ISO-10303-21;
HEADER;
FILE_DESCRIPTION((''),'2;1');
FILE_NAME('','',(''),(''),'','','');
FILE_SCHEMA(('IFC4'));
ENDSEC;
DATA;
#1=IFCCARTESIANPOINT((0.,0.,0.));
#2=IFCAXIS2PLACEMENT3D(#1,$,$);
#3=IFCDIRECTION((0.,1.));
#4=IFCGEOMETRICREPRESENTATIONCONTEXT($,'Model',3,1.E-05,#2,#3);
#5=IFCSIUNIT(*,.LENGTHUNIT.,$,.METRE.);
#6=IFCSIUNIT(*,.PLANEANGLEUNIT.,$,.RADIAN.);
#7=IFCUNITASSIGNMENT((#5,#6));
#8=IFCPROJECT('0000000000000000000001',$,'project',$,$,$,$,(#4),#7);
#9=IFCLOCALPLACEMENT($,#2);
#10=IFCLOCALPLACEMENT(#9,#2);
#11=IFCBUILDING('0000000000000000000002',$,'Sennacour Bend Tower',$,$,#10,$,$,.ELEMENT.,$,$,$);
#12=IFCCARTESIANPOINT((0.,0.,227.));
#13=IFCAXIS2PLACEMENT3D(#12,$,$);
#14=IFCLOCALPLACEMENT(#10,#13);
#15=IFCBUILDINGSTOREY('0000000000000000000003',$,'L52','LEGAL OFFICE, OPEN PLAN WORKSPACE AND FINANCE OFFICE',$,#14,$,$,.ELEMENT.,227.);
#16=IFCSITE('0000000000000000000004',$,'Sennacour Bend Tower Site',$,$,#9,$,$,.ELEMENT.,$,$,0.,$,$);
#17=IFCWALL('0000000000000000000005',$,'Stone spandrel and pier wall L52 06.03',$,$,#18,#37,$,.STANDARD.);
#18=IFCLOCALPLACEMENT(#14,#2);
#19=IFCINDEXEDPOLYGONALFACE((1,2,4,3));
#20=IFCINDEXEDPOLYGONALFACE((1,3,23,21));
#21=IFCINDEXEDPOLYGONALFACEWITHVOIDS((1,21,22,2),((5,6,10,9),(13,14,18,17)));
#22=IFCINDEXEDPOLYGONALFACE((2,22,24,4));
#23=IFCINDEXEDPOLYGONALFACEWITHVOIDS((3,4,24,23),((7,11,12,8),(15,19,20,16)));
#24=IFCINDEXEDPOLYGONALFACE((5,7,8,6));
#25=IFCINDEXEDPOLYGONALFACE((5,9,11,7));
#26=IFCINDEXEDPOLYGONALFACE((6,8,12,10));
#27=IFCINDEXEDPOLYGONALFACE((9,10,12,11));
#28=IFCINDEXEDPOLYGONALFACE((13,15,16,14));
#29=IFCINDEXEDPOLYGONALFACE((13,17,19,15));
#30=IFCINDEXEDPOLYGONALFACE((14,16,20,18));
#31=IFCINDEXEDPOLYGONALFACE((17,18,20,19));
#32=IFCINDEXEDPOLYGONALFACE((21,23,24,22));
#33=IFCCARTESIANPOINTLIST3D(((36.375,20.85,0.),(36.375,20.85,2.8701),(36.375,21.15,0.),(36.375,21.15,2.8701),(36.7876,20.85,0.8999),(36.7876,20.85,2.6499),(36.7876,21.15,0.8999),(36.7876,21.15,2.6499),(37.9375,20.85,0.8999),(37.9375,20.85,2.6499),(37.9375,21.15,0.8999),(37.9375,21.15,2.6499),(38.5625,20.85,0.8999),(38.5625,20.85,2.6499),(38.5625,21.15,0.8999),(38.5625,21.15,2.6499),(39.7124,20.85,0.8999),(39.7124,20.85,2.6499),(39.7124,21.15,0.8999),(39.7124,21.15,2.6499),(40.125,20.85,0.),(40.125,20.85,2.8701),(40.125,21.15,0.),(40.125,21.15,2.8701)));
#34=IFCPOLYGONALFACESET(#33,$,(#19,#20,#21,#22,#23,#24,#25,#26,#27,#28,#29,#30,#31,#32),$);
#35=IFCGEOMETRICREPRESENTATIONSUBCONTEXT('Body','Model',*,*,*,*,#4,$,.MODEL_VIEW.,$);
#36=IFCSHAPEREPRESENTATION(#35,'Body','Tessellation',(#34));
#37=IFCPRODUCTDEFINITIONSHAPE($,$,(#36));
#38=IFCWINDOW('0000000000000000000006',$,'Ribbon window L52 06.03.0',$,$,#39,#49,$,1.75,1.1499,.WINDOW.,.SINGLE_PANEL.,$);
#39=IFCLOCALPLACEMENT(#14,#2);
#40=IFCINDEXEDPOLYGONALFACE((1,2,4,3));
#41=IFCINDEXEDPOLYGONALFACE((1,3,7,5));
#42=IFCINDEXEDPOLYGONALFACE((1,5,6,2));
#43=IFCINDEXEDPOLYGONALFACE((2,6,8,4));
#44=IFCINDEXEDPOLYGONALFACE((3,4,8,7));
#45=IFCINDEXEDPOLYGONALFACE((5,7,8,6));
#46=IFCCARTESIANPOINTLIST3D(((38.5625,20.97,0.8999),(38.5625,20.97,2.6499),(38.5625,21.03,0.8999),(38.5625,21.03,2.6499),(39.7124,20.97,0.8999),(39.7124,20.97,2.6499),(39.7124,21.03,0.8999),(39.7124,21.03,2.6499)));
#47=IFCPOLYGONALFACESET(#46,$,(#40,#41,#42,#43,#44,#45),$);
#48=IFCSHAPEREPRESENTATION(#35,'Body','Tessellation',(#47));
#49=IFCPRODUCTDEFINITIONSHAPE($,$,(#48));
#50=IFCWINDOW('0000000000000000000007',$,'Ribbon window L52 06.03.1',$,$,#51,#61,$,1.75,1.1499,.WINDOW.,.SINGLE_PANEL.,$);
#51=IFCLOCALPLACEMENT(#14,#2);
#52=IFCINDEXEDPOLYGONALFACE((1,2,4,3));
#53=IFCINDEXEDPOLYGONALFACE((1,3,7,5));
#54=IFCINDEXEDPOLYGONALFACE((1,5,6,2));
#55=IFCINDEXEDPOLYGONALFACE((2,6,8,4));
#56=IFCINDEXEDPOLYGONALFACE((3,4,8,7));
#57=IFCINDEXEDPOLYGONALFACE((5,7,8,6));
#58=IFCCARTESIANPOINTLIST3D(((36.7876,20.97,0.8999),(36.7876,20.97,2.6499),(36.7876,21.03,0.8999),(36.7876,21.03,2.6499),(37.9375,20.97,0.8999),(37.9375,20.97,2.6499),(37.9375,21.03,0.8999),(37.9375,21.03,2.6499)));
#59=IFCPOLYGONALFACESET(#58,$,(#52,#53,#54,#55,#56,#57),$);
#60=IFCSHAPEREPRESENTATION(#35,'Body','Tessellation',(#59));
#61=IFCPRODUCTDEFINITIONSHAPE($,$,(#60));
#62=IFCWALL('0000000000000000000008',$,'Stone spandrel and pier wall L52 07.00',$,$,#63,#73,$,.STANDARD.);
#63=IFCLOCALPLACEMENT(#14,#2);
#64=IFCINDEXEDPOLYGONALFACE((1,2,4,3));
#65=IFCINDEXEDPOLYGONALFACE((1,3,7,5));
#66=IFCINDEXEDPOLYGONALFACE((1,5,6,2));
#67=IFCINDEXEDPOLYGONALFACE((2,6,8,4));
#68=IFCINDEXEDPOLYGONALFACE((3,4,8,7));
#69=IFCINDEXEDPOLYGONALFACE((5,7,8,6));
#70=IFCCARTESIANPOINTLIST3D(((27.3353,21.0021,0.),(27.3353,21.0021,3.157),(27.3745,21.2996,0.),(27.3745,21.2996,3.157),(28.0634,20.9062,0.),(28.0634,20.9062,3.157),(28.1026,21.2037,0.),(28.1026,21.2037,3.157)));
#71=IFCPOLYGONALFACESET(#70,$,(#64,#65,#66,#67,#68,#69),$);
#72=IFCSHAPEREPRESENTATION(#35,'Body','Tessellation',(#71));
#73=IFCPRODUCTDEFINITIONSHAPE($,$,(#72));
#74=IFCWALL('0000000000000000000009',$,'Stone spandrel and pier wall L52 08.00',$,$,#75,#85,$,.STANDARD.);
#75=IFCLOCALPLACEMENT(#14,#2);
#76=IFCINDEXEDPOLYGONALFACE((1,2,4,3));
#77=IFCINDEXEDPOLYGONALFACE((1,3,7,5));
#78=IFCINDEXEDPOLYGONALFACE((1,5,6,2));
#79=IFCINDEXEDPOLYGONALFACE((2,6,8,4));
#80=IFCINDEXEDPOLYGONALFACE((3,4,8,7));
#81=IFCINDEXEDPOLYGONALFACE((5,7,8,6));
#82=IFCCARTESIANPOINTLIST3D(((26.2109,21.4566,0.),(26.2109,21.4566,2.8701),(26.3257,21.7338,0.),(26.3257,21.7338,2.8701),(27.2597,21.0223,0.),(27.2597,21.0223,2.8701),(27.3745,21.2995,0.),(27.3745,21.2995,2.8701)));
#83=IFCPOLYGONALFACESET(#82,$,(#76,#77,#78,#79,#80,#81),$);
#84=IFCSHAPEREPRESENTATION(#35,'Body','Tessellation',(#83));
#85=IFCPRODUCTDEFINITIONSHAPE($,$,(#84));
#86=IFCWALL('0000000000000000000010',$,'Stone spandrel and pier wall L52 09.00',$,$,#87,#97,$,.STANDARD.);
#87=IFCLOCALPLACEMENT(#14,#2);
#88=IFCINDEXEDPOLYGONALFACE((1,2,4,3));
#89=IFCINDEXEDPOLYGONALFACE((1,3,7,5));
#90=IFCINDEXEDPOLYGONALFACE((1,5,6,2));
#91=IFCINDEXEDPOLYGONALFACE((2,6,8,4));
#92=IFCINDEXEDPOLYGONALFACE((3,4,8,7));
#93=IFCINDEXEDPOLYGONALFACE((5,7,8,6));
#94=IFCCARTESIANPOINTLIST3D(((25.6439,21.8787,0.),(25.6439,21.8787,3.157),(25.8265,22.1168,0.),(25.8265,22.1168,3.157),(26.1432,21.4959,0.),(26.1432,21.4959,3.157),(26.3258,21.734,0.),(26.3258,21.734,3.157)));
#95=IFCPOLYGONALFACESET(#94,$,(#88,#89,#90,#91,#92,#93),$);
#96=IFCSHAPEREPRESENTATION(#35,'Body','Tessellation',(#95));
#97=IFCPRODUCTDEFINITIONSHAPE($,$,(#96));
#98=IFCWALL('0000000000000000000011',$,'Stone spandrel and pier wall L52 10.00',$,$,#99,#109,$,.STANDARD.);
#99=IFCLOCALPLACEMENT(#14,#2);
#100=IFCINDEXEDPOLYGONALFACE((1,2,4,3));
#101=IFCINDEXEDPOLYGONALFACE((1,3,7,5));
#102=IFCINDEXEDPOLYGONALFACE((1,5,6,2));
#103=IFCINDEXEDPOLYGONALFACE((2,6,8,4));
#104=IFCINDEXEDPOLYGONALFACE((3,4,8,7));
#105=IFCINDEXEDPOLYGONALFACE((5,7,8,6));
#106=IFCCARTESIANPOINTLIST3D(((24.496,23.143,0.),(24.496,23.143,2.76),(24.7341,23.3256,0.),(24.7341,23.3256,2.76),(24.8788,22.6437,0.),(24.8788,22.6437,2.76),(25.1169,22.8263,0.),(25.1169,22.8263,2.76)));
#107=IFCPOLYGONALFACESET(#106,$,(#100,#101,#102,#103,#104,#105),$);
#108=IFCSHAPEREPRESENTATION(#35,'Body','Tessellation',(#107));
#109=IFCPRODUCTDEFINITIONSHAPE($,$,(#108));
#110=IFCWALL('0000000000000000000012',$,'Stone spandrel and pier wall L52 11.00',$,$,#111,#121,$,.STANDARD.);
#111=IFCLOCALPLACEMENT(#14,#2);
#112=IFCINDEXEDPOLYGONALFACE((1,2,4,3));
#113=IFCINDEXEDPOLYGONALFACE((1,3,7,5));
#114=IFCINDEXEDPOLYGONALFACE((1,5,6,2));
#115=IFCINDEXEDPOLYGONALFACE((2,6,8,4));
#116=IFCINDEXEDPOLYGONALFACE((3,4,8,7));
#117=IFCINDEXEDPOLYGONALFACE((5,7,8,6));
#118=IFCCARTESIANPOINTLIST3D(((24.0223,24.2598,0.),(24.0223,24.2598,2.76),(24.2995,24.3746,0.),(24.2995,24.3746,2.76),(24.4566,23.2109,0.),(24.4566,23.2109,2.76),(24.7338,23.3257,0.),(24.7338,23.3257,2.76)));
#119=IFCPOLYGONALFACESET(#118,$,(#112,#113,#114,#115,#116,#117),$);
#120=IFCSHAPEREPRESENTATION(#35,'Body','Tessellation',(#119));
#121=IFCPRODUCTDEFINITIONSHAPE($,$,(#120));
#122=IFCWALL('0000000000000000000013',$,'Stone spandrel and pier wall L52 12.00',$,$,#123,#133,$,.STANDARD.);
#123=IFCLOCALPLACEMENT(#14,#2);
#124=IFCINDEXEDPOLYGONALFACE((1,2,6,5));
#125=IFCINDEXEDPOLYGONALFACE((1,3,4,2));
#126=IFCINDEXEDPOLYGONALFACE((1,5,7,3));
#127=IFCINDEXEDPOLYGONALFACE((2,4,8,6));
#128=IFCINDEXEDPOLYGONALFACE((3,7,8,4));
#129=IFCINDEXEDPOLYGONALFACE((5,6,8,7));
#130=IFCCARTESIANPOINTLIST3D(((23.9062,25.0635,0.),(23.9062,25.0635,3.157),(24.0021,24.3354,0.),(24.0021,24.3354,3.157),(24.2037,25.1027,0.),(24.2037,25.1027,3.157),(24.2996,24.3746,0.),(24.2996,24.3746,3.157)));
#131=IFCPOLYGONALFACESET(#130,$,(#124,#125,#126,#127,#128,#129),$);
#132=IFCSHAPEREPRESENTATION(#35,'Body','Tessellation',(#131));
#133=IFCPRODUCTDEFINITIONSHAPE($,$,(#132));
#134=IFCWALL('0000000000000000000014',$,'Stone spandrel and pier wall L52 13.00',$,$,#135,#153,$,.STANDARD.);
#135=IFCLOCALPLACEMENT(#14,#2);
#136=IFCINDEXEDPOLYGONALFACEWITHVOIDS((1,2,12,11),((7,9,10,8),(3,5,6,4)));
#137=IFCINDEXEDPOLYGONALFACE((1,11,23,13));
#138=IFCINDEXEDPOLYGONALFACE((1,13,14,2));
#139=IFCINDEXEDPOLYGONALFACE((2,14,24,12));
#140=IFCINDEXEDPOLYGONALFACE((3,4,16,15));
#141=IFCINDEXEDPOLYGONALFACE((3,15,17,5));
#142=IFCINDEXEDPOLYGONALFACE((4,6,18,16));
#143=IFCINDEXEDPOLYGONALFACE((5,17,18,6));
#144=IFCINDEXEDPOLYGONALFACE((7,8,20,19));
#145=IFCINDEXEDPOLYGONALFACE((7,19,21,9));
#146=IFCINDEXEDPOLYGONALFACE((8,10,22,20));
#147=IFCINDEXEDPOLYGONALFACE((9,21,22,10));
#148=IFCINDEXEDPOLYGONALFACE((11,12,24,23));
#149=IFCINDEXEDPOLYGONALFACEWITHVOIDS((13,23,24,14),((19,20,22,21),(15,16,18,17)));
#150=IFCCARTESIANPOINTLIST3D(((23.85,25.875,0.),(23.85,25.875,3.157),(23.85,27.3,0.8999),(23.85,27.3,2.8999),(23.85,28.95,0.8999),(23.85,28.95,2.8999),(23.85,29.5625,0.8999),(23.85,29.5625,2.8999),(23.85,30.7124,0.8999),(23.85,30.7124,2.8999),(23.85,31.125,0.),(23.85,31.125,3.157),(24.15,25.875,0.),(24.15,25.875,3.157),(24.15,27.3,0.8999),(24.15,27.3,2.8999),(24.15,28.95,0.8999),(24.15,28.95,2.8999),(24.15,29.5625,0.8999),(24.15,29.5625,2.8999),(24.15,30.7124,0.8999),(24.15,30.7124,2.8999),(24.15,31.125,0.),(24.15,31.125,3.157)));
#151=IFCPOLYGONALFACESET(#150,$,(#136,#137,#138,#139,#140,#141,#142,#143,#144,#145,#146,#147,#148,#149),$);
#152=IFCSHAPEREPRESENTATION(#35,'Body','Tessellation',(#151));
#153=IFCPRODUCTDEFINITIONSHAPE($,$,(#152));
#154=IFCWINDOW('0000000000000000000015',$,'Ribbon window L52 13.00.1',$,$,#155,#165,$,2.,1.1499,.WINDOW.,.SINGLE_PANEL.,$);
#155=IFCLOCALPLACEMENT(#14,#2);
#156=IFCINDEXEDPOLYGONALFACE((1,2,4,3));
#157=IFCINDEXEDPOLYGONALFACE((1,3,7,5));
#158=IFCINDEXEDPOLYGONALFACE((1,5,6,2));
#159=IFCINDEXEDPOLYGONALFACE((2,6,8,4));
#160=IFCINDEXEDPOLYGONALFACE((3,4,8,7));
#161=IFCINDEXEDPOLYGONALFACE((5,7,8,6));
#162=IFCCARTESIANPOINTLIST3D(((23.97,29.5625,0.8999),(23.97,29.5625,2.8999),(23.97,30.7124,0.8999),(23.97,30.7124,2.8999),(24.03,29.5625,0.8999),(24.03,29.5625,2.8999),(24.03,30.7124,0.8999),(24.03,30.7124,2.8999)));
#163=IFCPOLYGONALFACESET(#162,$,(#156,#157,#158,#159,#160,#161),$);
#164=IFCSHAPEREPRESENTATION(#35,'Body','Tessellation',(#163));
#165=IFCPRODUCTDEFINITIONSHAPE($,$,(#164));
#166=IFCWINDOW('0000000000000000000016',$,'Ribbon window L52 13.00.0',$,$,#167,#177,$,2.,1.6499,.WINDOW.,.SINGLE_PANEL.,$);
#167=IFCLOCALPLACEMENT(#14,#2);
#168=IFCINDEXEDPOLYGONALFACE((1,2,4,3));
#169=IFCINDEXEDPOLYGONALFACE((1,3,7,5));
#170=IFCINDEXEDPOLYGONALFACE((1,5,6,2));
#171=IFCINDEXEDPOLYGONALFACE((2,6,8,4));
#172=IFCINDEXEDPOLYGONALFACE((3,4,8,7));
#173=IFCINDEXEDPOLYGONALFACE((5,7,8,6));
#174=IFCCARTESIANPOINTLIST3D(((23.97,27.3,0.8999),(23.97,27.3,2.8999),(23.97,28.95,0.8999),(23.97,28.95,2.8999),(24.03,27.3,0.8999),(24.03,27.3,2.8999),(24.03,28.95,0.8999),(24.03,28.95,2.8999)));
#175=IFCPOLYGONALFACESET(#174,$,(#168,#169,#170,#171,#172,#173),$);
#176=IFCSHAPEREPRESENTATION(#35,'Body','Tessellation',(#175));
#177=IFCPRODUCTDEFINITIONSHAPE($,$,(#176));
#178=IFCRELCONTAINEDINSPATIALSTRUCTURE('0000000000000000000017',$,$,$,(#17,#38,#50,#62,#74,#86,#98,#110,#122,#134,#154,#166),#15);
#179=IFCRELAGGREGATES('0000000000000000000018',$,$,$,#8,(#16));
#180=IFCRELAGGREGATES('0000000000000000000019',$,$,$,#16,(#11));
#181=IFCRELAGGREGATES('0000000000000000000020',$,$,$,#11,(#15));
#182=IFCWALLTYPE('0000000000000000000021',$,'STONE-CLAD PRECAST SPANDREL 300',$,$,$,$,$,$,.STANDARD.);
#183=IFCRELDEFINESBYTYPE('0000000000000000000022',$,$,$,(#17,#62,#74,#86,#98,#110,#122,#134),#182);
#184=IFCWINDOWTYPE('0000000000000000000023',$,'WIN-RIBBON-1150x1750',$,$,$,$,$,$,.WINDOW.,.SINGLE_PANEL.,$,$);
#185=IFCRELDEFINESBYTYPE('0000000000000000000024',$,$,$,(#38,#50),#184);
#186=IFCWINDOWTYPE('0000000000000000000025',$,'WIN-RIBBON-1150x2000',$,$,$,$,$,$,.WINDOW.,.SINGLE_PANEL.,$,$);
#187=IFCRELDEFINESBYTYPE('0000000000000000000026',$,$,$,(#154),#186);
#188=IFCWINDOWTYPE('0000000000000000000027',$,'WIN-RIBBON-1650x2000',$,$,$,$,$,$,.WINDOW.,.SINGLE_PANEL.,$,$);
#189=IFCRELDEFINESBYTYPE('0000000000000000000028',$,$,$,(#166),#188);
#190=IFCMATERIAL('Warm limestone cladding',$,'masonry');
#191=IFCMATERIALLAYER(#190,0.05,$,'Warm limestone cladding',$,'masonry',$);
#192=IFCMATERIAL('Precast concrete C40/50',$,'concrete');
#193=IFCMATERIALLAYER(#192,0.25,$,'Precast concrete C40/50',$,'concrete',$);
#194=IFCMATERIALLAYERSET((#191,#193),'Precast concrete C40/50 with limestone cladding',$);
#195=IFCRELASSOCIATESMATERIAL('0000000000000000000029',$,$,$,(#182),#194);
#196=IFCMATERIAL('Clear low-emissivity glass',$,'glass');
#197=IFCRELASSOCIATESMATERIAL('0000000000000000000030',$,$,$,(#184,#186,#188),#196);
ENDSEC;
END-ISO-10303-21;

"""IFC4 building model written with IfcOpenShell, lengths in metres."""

from ifc_helpers import new_model, si_unit, direction, frame, frame_2d, origin, place, context, subcontext, project, spatial, rectangle, extrude, material, layer, layer_set, type_object, element, fill, save


model = new_model("IFC4")

# Units and contexts
model_context = context("Model", 3, precision=1e-05, world=origin(), true_north=direction((0.0, 1.0)))
body_context = subcontext(model_context, "Body", "Model", "MODEL_VIEW")
ifc_project = project(units=[si_unit("LENGTHUNIT", "METRE"), si_unit("PLANEANGLEUNIT", "RADIAN")], contexts=[model_context])

# Site, building, storey
site_placement = place(None, origin())
site = spatial("IfcSite", under=ifc_project, at=site_placement, Name="Sennacour Bend Tower Site", CompositionType="ELEMENT", RefElevation=0.0)
building_placement = place(site_placement, origin())
building = spatial("IfcBuilding", under=site, at=building_placement, Name="Sennacour Bend Tower", CompositionType="ELEMENT")
storey_placement = place(building_placement, frame((0.0, 0.0, 227.0)))
storey = spatial("IfcBuildingStorey", under=building, at=storey_placement, Name="L52", Description="LEGAL OFFICE, OPEN PLAN WORKSPACE AND FINANCE OFFICE", CompositionType="ELEMENT", Elevation=227.0)

# Wall, openings, windows
ifc_material_1 = material(Name="Warm limestone cladding", Category="masonry")
ifc_layer_1 = layer(ifc_material_1, 0.05, Name="Warm limestone cladding", Category="masonry")
ifc_material_2 = material(Name="Precast concrete C40/50", Category="concrete")
ifc_layer_2 = layer(ifc_material_2, 0.25, Name="Precast concrete C40/50", Category="concrete")
ifc_layer_set = layer_set([ifc_layer_1, ifc_layer_2], Name="Precast concrete C40/50 with limestone cladding")
wall_type = type_object("IfcWallType", Name="STONE-CLAD PRECAST SPANDREL 300", PredefinedType="STANDARD", material=ifc_layer_set)
wall_1_placement = place(storey_placement, frame((40.125, 21.0, 0.0), z_axis=(0.0, 0.0, 1.0), x_axis=(-1.0, 0.0, 0.0)))
wall_1 = element("IfcWall", 1, at=wall_1_placement, inside=storey, type_object=wall_type, Name="Stone spandrel and pier wall L52 06.03", PredefinedType="STANDARD", context=body_context, shape_type="SweptSolid", body=[
    extrude(rectangle(XDim=3.75, YDim=0.3, at=frame_2d((1.875, 0.0))), origin(), (0.0, 0.0, 1.0), 2.8701),
])
opening_1_placement = place(wall_1_placement, frame((0.4126, 0.0, 0.8999)))
opening_1 = element("IfcOpeningElement", 2, at=opening_1_placement, cuts=wall_1, PredefinedType="OPENING", context=body_context, shape_type="SweptSolid", body=[
    extrude(rectangle(XDim=1.1499, YDim=1.75, at=frame_2d((0.575, 0.875))), frame((0.0, 0.1602, 0.0), z_axis=(0.0, -1.0, 0.0), x_axis=(1.0, 0.0, 0.0)), (0.0, 0.0, 1.0), 0.3201),
])
opening_2_placement = place(wall_1_placement, frame((2.1875, 0.0, 0.8999)))
opening_2 = element("IfcOpeningElement", 3, at=opening_2_placement, cuts=wall_1, PredefinedType="OPENING", context=body_context, shape_type="SweptSolid", body=[
    extrude(rectangle(XDim=1.1499, YDim=1.75, at=frame_2d((0.575, 0.875))), frame((0.0, 0.1602, 0.0), z_axis=(0.0, -1.0, 0.0), x_axis=(1.0, 0.0, 0.0)), (0.0, 0.0, 1.0), 0.3201),
])
ifc_material_3 = material(Name="Clear low-emissivity glass", Category="glass")
window_type_1 = type_object("IfcWindowType", Name="WIN-RIBBON-1150x1750", PartitioningType="SINGLE_PANEL", PredefinedType="WINDOW", material=ifc_material_3)
window_1_placement = place(opening_1_placement, origin())
window_1 = element("IfcWindow", 4, at=window_1_placement, inside=storey, type_object=window_type_1, Name="Ribbon window L52 06.03.0", OverallHeight=1.75, OverallWidth=1.1499, PartitioningType="SINGLE_PANEL", PredefinedType="WINDOW", context=body_context, shape_type="SweptSolid", body=[
    extrude(rectangle(XDim=1.1499, YDim=1.75, at=frame_2d((0.575, 0.875))), frame((0.0, 0.03, 0.0), z_axis=(0.0, -1.0, 0.0), x_axis=(1.0, 0.0, 0.0)), (0.0, 0.0, 1.0), 0.0601),
])
fill(opening_1, window_1)
window_2_placement = place(opening_2_placement, origin())
window_2 = element("IfcWindow", 5, at=window_2_placement, inside=storey, type_object=window_type_1, Name="Ribbon window L52 06.03.1", OverallHeight=1.75, OverallWidth=1.1499, PartitioningType="SINGLE_PANEL", PredefinedType="WINDOW", context=body_context, shape_type="SweptSolid", body=[
    extrude(rectangle(XDim=1.1499, YDim=1.75, at=frame_2d((0.575, 0.875))), frame((0.0, 0.03, 0.0), z_axis=(0.0, -1.0, 0.0), x_axis=(1.0, 0.0, 0.0)), (0.0, 0.0, 1.0), 0.0601),
])
fill(opening_2, window_2)

# Walls
wall_2_placement = place(storey_placement, frame((28.083, 21.0549, 0.0), z_axis=(0.0, 0.0, 1.0), x_axis=(-0.991427, 0.130661, 0.0)))
element("IfcWall", 6, at=wall_2_placement, inside=storey, type_object=wall_type, Name="Stone spandrel and pier wall L52 07.00", PredefinedType="STANDARD", context=body_context, shape_type="SweptSolid", body=[
    extrude(rectangle(XDim=0.7344, YDim=0.3, at=frame_2d((0.3672, 0.0))), origin(), (0.0, 0.0, 1.0), 3.157),
])
wall_3_placement = place(storey_placement, frame((27.3171, 21.1609, 0.0), z_axis=(0.0, 0.0, 1.0), x_axis=(-0.923915, 0.382599, 0.0)))
element("IfcWall", 7, at=wall_3_placement, inside=storey, type_object=wall_type, Name="Stone spandrel and pier wall L52 08.00", PredefinedType="STANDARD", context=body_context, shape_type="SweptSolid", body=[
    extrude(rectangle(XDim=1.1353, YDim=0.3, at=frame_2d((0.5676, 0.0))), origin(), (0.0, 0.0, 1.0), 2.8701),
])
wall_4_placement = place(storey_placement, frame((26.2344, 21.615, 0.0), z_axis=(0.0, 0.0, 1.0), x_axis=(-0.793575, 0.608472, 0.0)))
element("IfcWall", 8, at=wall_4_placement, inside=storey, type_object=wall_type, Name="Stone spandrel and pier wall L52 09.00", PredefinedType="STANDARD", context=body_context, shape_type="SweptSolid", body=[
    extrude(rectangle(XDim=0.6292, YDim=0.3, at=frame_2d((0.3145, 0.0))), origin(), (0.0, 0.0, 1.0), 3.157),
])
wall_5_placement = place(storey_placement, frame((24.9978, 22.7351, 0.0), z_axis=(0.0, 0.0, 1.0), x_axis=(-0.608472, 0.793575, 0.0)))
element("IfcWall", 9, at=wall_5_placement, inside=storey, type_object=wall_type, Name="Stone spandrel and pier wall L52 10.00", PredefinedType="STANDARD", context=body_context, shape_type="SweptSolid", body=[
    extrude(rectangle(XDim=0.6292, YDim=0.3, at=frame_2d((0.3145, 0.0))), origin(), (0.0, 0.0, 1.0), 2.76),
])
wall_6_placement = place(storey_placement, frame((24.5952, 23.2683, 0.0), z_axis=(0.0, 0.0, 1.0), x_axis=(-0.382599, 0.923915, 0.0)))
element("IfcWall", 10, at=wall_6_placement, inside=storey, type_object=wall_type, Name="Stone spandrel and pier wall L52 11.00", PredefinedType="STANDARD", context=body_context, shape_type="SweptSolid", body=[
    extrude(rectangle(XDim=1.1353, YDim=0.3, at=frame_2d((0.5676, 0.0))), origin(), (0.0, 0.0, 1.0), 2.76),
])
wall_7_placement = place(storey_placement, frame((24.1509, 24.355, 0.0), z_axis=(0.0, 0.0, 1.0), x_axis=(-0.130661, 0.991427, 0.0)))
element("IfcWall", 11, at=wall_7_placement, inside=storey, type_object=wall_type, Name="Stone spandrel and pier wall L52 12.00", PredefinedType="STANDARD", context=body_context, shape_type="SweptSolid", body=[
    extrude(rectangle(XDim=0.7344, YDim=0.3, at=frame_2d((0.3672, 0.0))), origin(), (0.0, 0.0, 1.0), 3.157),
])

# Wall, openings, windows
wall_8_placement = place(storey_placement, frame((24.0, 25.875, 0.0), z_axis=(0.0, 0.0, 1.0), x_axis=(0.0, 1.0, 0.0)))
wall_8 = element("IfcWall", 12, at=wall_8_placement, inside=storey, type_object=wall_type, Name="Stone spandrel and pier wall L52 13.00", PredefinedType="STANDARD", context=body_context, shape_type="SweptSolid", body=[
    extrude(rectangle(XDim=5.25, YDim=0.3, at=frame_2d((2.625, 0.0))), origin(), (0.0, 0.0, 1.0), 3.157),
])
opening_3_placement = place(wall_8_placement, frame((1.425, 0.0, 0.8999)))
opening_3 = element("IfcOpeningElement", 13, at=opening_3_placement, cuts=wall_8, PredefinedType="OPENING", context=body_context, shape_type="SweptSolid", body=[
    extrude(rectangle(XDim=1.6499, YDim=2.0, at=frame_2d((0.825, 1.0))), frame((0.0, 0.1602, 0.0), z_axis=(0.0, -1.0, 0.0), x_axis=(1.0, 0.0, 0.0)), (0.0, 0.0, 1.0), 0.3201),
])
opening_4_placement = place(wall_8_placement, frame((3.6875, 0.0, 0.8999)))
opening_4 = element("IfcOpeningElement", 14, at=opening_4_placement, cuts=wall_8, PredefinedType="OPENING", context=body_context, shape_type="SweptSolid", body=[
    extrude(rectangle(XDim=1.1499, YDim=2.0, at=frame_2d((0.575, 1.0))), frame((0.0, 0.1602, 0.0), z_axis=(0.0, -1.0, 0.0), x_axis=(1.0, 0.0, 0.0)), (0.0, 0.0, 1.0), 0.3201),
])
window_type_2 = type_object("IfcWindowType", Name="WIN-RIBBON-1150x2000", PartitioningType="SINGLE_PANEL", PredefinedType="WINDOW", material=ifc_material_3)
window_3_placement = place(opening_4_placement, origin())
window_3 = element("IfcWindow", 15, at=window_3_placement, inside=storey, type_object=window_type_2, Name="Ribbon window L52 13.00.1", OverallHeight=2.0, OverallWidth=1.1499, PartitioningType="SINGLE_PANEL", PredefinedType="WINDOW", context=body_context, shape_type="SweptSolid", body=[
    extrude(rectangle(XDim=1.1499, YDim=2.0, at=frame_2d((0.575, 1.0))), frame((0.0, 0.03, 0.0), z_axis=(0.0, -1.0, 0.0), x_axis=(1.0, 0.0, 0.0)), (0.0, 0.0, 1.0), 0.0601),
])
fill(opening_4, window_3)
window_type_3 = type_object("IfcWindowType", Name="WIN-RIBBON-1650x2000", PartitioningType="SINGLE_PANEL", PredefinedType="WINDOW", material=ifc_material_3)
window_4_placement = place(opening_3_placement, origin())
window_4 = element("IfcWindow", 16, at=window_4_placement, inside=storey, type_object=window_type_3, Name="Ribbon window L52 13.00.0", OverallHeight=2.0, OverallWidth=1.6499, PartitioningType="SINGLE_PANEL", PredefinedType="WINDOW", context=body_context, shape_type="SweptSolid", body=[
    extrude(rectangle(XDim=1.6499, YDim=2.0, at=frame_2d((0.825, 1.0))), frame((0.0, 0.03, 0.0), z_axis=(0.0, -1.0, 0.0), x_axis=(1.0, 0.0, 0.0)), (0.0, 0.0, 1.0), 0.0601),
])
fill(opening_3, window_4)

save(model, "model.ifc")
